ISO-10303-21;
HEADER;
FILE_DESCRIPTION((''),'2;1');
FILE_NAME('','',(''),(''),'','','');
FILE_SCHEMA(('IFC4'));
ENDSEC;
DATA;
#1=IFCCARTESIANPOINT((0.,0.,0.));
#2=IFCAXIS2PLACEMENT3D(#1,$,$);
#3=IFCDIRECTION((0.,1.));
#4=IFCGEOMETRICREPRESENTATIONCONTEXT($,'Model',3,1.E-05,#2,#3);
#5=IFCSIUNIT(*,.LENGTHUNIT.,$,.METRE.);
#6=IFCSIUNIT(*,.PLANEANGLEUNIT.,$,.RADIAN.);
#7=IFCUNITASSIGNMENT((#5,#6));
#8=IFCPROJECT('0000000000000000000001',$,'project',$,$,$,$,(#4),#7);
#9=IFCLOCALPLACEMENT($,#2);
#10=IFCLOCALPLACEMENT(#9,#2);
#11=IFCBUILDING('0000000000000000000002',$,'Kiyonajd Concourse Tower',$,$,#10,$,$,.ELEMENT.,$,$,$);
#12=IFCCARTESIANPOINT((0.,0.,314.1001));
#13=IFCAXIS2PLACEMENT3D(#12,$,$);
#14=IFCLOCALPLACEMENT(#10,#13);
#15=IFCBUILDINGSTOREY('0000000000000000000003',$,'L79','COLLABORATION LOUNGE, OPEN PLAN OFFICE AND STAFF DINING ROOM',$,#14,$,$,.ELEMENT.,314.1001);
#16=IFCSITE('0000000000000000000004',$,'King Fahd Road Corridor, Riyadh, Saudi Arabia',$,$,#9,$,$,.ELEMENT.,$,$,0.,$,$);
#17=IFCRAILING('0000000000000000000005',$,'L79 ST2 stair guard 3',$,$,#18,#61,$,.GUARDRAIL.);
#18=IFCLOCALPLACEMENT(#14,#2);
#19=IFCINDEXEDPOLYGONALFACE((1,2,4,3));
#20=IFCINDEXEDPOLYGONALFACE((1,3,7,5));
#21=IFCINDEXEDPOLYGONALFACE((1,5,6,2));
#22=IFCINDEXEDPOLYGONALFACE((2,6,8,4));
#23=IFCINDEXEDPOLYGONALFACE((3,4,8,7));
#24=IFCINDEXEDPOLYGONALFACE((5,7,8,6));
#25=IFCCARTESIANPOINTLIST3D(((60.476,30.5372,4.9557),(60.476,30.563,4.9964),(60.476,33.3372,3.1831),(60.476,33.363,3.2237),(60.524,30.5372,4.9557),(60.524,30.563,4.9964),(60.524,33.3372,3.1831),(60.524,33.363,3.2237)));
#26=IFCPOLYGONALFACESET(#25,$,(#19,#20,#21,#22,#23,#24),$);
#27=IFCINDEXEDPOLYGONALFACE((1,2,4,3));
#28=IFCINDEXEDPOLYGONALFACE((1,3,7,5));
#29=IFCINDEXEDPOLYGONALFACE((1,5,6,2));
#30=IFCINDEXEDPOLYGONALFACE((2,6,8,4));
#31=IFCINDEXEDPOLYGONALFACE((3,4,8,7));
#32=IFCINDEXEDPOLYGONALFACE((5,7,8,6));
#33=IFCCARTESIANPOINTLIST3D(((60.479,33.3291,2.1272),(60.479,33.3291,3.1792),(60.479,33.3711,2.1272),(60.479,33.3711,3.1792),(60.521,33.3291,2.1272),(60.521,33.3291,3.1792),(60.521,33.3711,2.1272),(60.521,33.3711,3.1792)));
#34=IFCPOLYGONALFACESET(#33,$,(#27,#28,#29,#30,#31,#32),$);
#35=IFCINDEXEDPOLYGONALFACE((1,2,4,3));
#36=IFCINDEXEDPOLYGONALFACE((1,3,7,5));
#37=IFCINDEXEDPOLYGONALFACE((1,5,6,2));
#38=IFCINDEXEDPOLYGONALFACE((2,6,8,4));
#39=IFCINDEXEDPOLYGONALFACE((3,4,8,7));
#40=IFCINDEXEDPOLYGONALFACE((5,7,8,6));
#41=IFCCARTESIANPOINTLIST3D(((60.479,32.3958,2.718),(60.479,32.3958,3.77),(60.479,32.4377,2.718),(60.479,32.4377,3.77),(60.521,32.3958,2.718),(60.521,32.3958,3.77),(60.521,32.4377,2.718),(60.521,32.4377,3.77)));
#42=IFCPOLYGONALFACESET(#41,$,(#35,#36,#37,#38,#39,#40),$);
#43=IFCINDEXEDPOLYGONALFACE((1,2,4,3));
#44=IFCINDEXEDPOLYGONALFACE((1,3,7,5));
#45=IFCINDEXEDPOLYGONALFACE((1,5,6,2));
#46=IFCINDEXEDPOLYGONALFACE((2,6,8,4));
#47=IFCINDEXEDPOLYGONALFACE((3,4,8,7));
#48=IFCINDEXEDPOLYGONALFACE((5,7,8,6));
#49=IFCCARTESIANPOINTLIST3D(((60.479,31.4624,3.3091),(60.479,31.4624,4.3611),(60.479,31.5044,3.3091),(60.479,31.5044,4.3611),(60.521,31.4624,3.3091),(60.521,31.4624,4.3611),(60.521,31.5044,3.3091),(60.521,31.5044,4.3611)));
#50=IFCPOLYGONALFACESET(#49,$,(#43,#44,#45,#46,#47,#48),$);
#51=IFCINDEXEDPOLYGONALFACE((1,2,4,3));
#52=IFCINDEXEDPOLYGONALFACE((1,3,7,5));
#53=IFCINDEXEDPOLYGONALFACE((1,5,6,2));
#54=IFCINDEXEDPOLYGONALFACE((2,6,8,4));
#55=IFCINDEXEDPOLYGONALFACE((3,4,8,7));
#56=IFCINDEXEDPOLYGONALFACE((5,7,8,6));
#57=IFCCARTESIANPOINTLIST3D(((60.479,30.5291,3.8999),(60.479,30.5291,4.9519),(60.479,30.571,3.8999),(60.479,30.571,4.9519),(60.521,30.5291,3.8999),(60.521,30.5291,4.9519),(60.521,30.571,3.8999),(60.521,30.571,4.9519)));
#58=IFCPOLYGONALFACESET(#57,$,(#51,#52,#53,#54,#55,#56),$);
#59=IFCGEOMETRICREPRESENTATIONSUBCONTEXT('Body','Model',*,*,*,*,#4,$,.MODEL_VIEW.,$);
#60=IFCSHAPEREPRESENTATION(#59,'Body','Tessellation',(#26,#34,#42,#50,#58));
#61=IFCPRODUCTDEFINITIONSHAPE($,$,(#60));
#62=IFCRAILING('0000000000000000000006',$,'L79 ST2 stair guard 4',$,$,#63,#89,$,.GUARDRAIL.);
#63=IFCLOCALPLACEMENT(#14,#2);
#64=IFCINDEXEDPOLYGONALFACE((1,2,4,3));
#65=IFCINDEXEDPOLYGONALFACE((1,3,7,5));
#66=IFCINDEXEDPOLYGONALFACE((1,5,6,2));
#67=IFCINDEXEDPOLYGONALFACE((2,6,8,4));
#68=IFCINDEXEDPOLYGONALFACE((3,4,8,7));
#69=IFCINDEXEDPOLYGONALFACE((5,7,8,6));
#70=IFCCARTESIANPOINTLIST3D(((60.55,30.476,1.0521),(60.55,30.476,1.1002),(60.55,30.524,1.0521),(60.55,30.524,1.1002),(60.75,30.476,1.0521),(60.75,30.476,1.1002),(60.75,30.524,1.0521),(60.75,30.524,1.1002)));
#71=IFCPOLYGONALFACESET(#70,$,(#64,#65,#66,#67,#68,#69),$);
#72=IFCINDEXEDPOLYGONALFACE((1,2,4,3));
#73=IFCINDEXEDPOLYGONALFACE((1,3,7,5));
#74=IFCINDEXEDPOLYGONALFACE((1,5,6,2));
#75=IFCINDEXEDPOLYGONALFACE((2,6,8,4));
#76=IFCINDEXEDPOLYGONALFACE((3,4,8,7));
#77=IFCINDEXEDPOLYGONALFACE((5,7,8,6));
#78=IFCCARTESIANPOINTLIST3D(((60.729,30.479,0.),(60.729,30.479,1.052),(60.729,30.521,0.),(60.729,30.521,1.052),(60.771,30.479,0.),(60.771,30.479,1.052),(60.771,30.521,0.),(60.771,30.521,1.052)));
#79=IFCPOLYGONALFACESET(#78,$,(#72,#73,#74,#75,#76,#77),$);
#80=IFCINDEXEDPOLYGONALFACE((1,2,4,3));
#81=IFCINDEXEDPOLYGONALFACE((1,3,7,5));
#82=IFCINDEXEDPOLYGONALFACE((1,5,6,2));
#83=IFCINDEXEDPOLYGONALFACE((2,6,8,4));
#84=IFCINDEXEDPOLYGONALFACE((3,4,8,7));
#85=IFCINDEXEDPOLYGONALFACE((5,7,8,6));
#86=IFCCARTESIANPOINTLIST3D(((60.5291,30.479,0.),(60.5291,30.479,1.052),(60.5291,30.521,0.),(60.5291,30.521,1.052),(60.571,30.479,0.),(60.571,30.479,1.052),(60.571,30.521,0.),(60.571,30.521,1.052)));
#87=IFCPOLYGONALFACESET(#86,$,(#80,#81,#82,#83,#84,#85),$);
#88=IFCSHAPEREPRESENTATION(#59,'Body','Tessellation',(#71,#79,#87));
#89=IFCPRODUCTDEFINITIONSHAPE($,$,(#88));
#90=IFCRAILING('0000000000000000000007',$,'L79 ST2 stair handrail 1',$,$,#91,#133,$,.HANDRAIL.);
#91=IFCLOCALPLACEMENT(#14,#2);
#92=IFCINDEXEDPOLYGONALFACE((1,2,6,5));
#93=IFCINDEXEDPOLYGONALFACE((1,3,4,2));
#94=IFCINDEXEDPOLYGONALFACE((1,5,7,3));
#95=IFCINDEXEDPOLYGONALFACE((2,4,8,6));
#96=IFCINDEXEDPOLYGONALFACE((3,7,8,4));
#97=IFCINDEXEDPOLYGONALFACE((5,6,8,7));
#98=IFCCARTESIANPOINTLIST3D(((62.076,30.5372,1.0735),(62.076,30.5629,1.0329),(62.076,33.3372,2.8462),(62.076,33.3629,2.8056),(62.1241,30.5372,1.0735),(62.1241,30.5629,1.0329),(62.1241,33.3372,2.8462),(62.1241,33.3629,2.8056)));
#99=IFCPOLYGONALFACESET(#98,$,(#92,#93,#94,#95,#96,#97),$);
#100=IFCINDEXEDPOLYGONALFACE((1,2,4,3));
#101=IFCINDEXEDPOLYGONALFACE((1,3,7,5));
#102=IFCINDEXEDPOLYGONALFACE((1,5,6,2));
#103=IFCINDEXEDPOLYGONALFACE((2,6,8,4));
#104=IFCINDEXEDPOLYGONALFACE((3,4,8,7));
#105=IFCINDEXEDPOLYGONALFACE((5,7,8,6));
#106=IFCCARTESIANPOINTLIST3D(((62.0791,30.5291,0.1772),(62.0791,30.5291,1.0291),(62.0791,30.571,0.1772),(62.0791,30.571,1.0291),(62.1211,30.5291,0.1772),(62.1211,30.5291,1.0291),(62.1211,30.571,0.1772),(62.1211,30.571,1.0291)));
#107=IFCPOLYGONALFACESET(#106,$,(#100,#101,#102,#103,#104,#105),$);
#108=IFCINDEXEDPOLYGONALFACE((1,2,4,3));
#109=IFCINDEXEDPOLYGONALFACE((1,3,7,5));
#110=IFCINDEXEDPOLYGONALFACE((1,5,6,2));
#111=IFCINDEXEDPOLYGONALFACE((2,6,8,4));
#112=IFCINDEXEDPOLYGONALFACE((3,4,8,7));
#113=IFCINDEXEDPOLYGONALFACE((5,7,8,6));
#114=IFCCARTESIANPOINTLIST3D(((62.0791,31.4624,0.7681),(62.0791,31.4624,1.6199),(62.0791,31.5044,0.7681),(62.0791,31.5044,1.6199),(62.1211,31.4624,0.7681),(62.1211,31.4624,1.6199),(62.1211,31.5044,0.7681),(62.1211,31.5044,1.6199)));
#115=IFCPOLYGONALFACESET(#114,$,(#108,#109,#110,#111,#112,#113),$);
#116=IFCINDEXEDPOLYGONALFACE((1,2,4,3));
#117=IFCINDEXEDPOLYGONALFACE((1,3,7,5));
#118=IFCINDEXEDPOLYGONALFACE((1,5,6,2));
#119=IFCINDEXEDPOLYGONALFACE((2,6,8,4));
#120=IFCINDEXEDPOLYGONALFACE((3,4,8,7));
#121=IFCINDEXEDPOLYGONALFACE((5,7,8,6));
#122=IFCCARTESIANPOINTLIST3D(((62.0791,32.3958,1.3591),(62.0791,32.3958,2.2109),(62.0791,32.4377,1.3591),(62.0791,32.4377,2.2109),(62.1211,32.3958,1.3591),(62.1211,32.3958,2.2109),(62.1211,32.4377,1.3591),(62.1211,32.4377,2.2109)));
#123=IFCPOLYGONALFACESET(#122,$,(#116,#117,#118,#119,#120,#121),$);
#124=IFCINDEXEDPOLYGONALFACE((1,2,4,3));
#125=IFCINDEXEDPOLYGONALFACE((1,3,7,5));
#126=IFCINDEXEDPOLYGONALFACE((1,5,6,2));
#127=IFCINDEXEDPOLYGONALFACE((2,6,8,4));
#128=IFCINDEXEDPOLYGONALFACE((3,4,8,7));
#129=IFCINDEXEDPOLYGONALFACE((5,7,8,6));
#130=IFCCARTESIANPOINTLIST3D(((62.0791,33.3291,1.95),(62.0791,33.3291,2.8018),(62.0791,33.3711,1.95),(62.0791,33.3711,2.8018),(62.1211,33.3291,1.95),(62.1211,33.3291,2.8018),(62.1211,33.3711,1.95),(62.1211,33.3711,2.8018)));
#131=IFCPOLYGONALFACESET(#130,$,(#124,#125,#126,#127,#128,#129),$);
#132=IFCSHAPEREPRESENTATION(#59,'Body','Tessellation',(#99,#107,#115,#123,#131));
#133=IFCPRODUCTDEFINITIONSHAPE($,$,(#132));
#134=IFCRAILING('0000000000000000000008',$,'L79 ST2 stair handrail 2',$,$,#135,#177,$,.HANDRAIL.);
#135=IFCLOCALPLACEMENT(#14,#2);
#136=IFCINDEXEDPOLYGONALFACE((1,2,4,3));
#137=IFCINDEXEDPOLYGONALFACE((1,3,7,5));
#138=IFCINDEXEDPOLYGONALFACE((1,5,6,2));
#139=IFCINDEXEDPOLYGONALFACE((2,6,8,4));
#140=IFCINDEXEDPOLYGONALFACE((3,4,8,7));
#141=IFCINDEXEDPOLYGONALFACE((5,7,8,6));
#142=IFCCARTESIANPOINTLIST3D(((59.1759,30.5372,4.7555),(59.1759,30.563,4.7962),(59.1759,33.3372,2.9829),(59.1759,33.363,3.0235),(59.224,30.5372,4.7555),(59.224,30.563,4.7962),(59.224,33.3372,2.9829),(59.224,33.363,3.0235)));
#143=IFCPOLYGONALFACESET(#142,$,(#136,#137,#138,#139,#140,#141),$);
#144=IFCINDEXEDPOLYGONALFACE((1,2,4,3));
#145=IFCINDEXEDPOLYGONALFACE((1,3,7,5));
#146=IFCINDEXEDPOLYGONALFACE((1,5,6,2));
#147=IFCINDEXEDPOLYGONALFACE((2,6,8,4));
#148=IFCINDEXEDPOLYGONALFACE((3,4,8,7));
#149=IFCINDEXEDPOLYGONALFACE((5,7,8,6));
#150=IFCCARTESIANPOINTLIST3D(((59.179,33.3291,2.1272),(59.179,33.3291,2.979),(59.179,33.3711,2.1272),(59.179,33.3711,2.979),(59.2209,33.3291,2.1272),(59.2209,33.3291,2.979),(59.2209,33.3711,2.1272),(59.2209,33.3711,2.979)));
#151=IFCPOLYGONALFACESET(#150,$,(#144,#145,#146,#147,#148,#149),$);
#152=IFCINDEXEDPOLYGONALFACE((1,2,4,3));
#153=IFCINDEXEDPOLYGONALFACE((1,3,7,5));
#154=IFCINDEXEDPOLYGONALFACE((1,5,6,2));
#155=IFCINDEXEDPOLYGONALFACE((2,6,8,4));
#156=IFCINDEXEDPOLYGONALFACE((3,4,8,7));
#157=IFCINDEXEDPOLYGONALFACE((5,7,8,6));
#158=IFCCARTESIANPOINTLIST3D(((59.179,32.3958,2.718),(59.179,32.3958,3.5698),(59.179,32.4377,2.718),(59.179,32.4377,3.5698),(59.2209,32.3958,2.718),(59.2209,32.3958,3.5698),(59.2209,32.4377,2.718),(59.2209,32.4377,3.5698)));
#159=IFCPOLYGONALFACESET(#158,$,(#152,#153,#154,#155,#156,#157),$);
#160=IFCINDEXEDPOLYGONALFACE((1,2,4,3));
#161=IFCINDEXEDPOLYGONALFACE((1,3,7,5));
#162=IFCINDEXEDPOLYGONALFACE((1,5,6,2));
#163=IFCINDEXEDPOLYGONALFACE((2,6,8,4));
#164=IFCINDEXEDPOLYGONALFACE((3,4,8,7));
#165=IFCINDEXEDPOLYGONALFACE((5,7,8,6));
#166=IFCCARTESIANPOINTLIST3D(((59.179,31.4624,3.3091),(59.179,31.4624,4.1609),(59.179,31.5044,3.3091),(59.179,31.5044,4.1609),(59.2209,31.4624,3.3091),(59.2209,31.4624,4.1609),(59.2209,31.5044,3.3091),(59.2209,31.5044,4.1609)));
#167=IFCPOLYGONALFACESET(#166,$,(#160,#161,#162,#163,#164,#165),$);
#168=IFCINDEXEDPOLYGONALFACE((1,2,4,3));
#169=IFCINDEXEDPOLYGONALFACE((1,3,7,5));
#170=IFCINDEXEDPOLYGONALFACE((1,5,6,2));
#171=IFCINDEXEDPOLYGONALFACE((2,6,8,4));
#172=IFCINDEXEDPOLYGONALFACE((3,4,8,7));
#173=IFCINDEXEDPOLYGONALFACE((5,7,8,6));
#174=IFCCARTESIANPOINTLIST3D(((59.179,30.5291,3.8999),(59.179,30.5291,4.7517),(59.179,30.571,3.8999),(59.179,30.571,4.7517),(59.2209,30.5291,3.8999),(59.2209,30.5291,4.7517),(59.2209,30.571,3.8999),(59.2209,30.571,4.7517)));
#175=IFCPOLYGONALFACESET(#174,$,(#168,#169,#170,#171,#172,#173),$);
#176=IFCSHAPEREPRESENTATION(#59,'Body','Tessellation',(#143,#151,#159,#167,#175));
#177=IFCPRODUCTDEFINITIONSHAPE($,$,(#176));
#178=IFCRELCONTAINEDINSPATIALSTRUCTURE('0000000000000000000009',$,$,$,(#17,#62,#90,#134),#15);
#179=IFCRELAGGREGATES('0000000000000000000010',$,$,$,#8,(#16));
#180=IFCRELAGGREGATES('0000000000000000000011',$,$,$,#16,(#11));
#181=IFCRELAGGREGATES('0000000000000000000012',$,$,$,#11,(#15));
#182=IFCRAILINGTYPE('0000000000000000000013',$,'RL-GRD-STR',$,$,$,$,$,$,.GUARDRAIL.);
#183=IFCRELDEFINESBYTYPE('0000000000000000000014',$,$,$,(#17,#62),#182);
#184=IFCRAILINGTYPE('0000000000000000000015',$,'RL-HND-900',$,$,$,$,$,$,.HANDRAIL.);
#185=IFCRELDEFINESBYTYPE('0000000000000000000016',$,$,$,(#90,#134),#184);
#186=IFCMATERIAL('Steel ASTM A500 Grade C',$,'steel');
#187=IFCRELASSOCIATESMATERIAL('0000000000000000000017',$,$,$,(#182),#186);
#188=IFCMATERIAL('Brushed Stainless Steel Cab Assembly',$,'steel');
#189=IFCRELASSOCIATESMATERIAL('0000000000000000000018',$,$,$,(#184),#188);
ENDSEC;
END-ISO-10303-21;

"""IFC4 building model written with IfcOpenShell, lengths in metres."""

from ifc_helpers import new_model, si_unit, direction, frame, origin, origin_2d, place, context, subcontext, project, spatial, rectangle, extrude, material, type_object, element, save


model = new_model("IFC4")

# Units and contexts
model_context = context("Model", 3, precision=1e-05, world=origin(), true_north=direction((0.0, 1.0)))
body_context = subcontext(model_context, "Body", "Model", "MODEL_VIEW")
ifc_project = project(units=[si_unit("LENGTHUNIT", "METRE"), si_unit("PLANEANGLEUNIT", "RADIAN")], contexts=[model_context])

# Site, building, storey
site_placement = place(None, origin())
site = spatial("IfcSite", under=ifc_project, at=site_placement, Name="King Fahd Road Corridor, Riyadh, Saudi Arabia", CompositionType="ELEMENT", RefElevation=0.0)
building_placement = place(site_placement, origin())
building = spatial("IfcBuilding", under=site, at=building_placement, Name="Kiyonajd Concourse Tower", CompositionType="ELEMENT")
storey_placement = place(building_placement, frame((0.0, 0.0, 314.1001)))
storey = spatial("IfcBuildingStorey", under=building, at=storey_placement, Name="L79", Description="COLLABORATION LOUNGE, OPEN PLAN OFFICE AND STAFF DINING ROOM", CompositionType="ELEMENT", Elevation=314.1001)

# Railings
ifc_material_1 = material(Name="Steel ASTM A500 Grade C", Category="steel")
railing_type_1 = type_object("IfcRailingType", Name="RL-GRD-STR", PredefinedType="GUARDRAIL", material=ifc_material_1)
railing_1_placement = place(storey_placement, frame((60.5, 33.3501, 2.1272)))
element("IfcRailing", 1, at=railing_1_placement, inside=storey, type_object=railing_type_1, Name="L79 ST2 stair guard 3", PredefinedType="GUARDRAIL", context=body_context, shape_type="SweptSolid", body=[
    extrude(rectangle(XDim=0.0481, YDim=0.0481, at=origin_2d()), frame((0.0, 0.0, 1.0762), z_axis=(0.0, -0.844909, 0.53491), x_axis=(1.0, 0.0, 0.0)), (0.0, 0.0, 1.0), 3.314),
    extrude(rectangle(XDim=0.042, YDim=0.042, at=origin_2d()), origin(), (0.0, 0.0, 1.0), 1.052),
    extrude(rectangle(XDim=0.042, YDim=0.042, at=origin_2d()), frame((0.0, -0.9333, 0.5908)), (0.0, 0.0, 1.0), 1.052),
    extrude(rectangle(XDim=0.042, YDim=0.042, at=origin_2d()), frame((0.0, -1.8667, 1.1819)), (0.0, 0.0, 1.0), 1.052),
    extrude(rectangle(XDim=0.042, YDim=0.042, at=origin_2d()), frame((0.0, -2.8, 1.7727)), (0.0, 0.0, 1.0), 1.052),
])
railing_2_placement = place(storey_placement, frame((60.75, 30.5, 0.0)))
element("IfcRailing", 2, at=railing_2_placement, inside=storey, type_object=railing_type_1, Name="L79 ST2 stair guard 4", PredefinedType="GUARDRAIL", context=body_context, shape_type="SweptSolid", body=[
    extrude(rectangle(XDim=0.0481, YDim=0.0481, at=origin_2d()), frame((0.0, 0.0, 1.0762), z_axis=(-1.0, 0.0, 0.0), x_axis=(0.0, -1.0, 0.0)), (0.0, 0.0, 1.0), 0.2),
    extrude(rectangle(XDim=0.042, YDim=0.042, at=origin_2d()), origin(), (0.0, 0.0, 1.0), 1.052),
    extrude(rectangle(XDim=0.042, YDim=0.042, at=origin_2d()), frame((-0.2, 0.0, 0.0)), (0.0, 0.0, 1.0), 1.052),
])
ifc_material_2 = material(Name="Brushed Stainless Steel Cab Assembly", Category="steel")
railing_type_2 = type_object("IfcRailingType", Name="RL-HND-900", PredefinedType="HANDRAIL", material=ifc_material_2)
railing_3_placement = place(storey_placement, frame((62.1001, 30.55, 0.1772)))
element("IfcRailing", 3, at=railing_3_placement, inside=storey, type_object=railing_type_2, Name="L79 ST2 stair handrail 1", PredefinedType="HANDRAIL", context=body_context, shape_type="SweptSolid", body=[
    extrude(rectangle(XDim=0.0481, YDim=0.0481, at=origin_2d()), frame((0.0, 0.0, 0.876), z_axis=(0.0, 0.844909, 0.53491), x_axis=(-1.0, 0.0, 0.0)), (0.0, 0.0, 1.0), 3.314),
    extrude(rectangle(XDim=0.042, YDim=0.042, at=origin_2d()), origin(), (0.0, 0.0, 1.0), 0.8518),
    extrude(rectangle(XDim=0.042, YDim=0.042, at=origin_2d()), frame((0.0, 0.9333, 0.5908)), (0.0, 0.0, 1.0), 0.8518),
    extrude(rectangle(XDim=0.042, YDim=0.042, at=origin_2d()), frame((0.0, 1.8667, 1.1819)), (0.0, 0.0, 1.0), 0.8518),
    extrude(rectangle(XDim=0.042, YDim=0.042, at=origin_2d()), frame((0.0, 2.8, 1.7727)), (0.0, 0.0, 1.0), 0.8518),
])
railing_4_placement = place(storey_placement, frame((59.2, 33.3501, 2.1272)))
element("IfcRailing", 4, at=railing_4_placement, inside=storey, type_object=railing_type_2, Name="L79 ST2 stair handrail 2", PredefinedType="HANDRAIL", context=body_context, shape_type="SweptSolid", body=[
    extrude(rectangle(XDim=0.0481, YDim=0.0481, at=origin_2d()), frame((0.0, 0.0, 0.876), z_axis=(0.0, -0.844909, 0.53491), x_axis=(1.0, 0.0, 0.0)), (0.0, 0.0, 1.0), 3.314),
    extrude(rectangle(XDim=0.042, YDim=0.042, at=origin_2d()), origin(), (0.0, 0.0, 1.0), 0.8518),
    extrude(rectangle(XDim=0.042, YDim=0.042, at=origin_2d()), frame((0.0, -0.9333, 0.5908)), (0.0, 0.0, 1.0), 0.8518),
    extrude(rectangle(XDim=0.042, YDim=0.042, at=origin_2d()), frame((0.0, -1.8667, 1.1819)), (0.0, 0.0, 1.0), 0.8518),
    extrude(rectangle(XDim=0.042, YDim=0.042, at=origin_2d()), frame((0.0, -2.8, 1.7727)), (0.0, 0.0, 1.0), 0.8518),
])

save(model, "model.ifc")
